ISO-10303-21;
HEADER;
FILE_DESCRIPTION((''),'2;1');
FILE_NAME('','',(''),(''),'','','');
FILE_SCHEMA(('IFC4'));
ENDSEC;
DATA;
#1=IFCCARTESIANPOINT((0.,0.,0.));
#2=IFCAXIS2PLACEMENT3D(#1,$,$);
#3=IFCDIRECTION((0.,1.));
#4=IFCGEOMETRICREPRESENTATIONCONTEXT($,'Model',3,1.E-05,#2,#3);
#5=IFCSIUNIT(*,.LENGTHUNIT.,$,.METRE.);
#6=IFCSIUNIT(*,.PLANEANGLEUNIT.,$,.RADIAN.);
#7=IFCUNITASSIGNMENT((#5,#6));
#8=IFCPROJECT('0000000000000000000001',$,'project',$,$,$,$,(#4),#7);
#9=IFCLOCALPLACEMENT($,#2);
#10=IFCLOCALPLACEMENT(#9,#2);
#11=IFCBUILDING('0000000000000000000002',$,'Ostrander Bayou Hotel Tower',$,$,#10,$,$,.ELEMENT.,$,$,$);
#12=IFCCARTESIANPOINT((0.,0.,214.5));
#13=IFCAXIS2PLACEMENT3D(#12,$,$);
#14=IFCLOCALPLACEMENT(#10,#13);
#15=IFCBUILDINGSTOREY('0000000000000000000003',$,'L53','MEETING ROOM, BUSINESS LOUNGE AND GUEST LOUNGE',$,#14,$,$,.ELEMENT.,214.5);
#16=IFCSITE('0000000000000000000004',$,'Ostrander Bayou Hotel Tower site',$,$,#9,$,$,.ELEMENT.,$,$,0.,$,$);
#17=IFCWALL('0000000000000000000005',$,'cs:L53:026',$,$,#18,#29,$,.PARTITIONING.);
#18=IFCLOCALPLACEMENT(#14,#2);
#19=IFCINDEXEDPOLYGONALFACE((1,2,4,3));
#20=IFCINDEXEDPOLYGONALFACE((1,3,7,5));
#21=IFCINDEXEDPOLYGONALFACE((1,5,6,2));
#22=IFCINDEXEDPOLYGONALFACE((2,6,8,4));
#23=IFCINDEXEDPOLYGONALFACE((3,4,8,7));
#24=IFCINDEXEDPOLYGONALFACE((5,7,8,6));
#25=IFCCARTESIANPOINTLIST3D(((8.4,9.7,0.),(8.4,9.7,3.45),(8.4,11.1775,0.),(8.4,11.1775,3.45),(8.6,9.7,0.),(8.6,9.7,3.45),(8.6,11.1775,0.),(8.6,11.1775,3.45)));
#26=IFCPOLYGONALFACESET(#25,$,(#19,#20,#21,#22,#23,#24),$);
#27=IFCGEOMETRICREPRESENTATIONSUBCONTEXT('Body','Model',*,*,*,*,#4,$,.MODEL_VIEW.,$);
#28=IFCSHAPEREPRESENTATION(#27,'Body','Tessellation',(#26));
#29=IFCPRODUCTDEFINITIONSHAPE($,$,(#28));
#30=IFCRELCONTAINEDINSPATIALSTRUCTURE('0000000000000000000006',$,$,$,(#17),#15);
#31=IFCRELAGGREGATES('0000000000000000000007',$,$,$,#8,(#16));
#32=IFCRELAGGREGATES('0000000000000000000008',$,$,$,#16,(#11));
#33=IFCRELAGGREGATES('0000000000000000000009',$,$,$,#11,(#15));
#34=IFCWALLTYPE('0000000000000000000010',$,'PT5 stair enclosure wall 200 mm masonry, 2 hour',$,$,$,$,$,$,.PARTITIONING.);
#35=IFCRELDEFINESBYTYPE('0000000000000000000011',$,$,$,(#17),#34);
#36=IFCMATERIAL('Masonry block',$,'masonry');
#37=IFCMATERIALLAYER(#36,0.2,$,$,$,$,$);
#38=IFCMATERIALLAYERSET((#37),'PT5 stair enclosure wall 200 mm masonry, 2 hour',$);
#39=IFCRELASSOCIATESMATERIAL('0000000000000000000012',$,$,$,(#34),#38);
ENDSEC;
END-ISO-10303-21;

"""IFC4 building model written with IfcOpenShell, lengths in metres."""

from ifc_helpers import new_model, si_unit, direction, frame, frame_2d, origin, place, context, subcontext, project, spatial, rectangle, extrude, material, layer, layer_set, type_object, element, save


model = new_model("IFC4")

# Units and contexts
model_context = context("Model", 3, precision=1e-05, world=origin(), true_north=direction((0.0, 1.0)))
body_context = subcontext(model_context, "Body", "Model", "MODEL_VIEW")
ifc_project = project(units=[si_unit("LENGTHUNIT", "METRE"), si_unit("PLANEANGLEUNIT", "RADIAN")], contexts=[model_context])

# Site, building, storey
site_placement = place(None, origin())
site = spatial("IfcSite", under=ifc_project, at=site_placement, Name="Ostrander Bayou Hotel Tower site", CompositionType="ELEMENT", RefElevation=0.0)
building_placement = place(site_placement, origin())
building = spatial("IfcBuilding", under=site, at=building_placement, Name="Ostrander Bayou Hotel Tower", CompositionType="ELEMENT")
storey_placement = place(building_placement, frame((0.0, 0.0, 214.5)))
storey = spatial("IfcBuildingStorey", under=building, at=storey_placement, Name="L53", Description="MEETING ROOM, BUSINESS LOUNGE AND GUEST LOUNGE", CompositionType="ELEMENT", Elevation=214.5)

# Wall
ifc_material_1 = material(Name="Masonry block", Category="masonry")
ifc_layer_1 = layer(ifc_material_1, 0.2)
ifc_layer_set_1 = layer_set([ifc_layer_1], Name="PT5 stair enclosure wall 200 mm masonry, 2 hour")
wall_type_1 = type_object("IfcWallType", Name="PT5 stair enclosure wall 200 mm masonry, 2 hour", PredefinedType="PARTITIONING", material=ifc_layer_set_1)
wall_1_placement = place(storey_placement, frame((8.5, 9.7, 0.0), z_axis=(0.0, 0.0, 1.0), x_axis=(0.0, 1.0, 0.0)))
element("IfcWall", 1, at=wall_1_placement, inside=storey, type_object=wall_type_1, Name="cs:L53:026", PredefinedType="PARTITIONING", context=body_context, shape_type="SweptSolid", body=[
    extrude(rectangle(XDim=1.4775, YDim=0.2, at=frame_2d((0.7388, 0.0))), origin(), (0.0, 0.0, 1.0), 3.45),
])

save(model, "model.ifc")
